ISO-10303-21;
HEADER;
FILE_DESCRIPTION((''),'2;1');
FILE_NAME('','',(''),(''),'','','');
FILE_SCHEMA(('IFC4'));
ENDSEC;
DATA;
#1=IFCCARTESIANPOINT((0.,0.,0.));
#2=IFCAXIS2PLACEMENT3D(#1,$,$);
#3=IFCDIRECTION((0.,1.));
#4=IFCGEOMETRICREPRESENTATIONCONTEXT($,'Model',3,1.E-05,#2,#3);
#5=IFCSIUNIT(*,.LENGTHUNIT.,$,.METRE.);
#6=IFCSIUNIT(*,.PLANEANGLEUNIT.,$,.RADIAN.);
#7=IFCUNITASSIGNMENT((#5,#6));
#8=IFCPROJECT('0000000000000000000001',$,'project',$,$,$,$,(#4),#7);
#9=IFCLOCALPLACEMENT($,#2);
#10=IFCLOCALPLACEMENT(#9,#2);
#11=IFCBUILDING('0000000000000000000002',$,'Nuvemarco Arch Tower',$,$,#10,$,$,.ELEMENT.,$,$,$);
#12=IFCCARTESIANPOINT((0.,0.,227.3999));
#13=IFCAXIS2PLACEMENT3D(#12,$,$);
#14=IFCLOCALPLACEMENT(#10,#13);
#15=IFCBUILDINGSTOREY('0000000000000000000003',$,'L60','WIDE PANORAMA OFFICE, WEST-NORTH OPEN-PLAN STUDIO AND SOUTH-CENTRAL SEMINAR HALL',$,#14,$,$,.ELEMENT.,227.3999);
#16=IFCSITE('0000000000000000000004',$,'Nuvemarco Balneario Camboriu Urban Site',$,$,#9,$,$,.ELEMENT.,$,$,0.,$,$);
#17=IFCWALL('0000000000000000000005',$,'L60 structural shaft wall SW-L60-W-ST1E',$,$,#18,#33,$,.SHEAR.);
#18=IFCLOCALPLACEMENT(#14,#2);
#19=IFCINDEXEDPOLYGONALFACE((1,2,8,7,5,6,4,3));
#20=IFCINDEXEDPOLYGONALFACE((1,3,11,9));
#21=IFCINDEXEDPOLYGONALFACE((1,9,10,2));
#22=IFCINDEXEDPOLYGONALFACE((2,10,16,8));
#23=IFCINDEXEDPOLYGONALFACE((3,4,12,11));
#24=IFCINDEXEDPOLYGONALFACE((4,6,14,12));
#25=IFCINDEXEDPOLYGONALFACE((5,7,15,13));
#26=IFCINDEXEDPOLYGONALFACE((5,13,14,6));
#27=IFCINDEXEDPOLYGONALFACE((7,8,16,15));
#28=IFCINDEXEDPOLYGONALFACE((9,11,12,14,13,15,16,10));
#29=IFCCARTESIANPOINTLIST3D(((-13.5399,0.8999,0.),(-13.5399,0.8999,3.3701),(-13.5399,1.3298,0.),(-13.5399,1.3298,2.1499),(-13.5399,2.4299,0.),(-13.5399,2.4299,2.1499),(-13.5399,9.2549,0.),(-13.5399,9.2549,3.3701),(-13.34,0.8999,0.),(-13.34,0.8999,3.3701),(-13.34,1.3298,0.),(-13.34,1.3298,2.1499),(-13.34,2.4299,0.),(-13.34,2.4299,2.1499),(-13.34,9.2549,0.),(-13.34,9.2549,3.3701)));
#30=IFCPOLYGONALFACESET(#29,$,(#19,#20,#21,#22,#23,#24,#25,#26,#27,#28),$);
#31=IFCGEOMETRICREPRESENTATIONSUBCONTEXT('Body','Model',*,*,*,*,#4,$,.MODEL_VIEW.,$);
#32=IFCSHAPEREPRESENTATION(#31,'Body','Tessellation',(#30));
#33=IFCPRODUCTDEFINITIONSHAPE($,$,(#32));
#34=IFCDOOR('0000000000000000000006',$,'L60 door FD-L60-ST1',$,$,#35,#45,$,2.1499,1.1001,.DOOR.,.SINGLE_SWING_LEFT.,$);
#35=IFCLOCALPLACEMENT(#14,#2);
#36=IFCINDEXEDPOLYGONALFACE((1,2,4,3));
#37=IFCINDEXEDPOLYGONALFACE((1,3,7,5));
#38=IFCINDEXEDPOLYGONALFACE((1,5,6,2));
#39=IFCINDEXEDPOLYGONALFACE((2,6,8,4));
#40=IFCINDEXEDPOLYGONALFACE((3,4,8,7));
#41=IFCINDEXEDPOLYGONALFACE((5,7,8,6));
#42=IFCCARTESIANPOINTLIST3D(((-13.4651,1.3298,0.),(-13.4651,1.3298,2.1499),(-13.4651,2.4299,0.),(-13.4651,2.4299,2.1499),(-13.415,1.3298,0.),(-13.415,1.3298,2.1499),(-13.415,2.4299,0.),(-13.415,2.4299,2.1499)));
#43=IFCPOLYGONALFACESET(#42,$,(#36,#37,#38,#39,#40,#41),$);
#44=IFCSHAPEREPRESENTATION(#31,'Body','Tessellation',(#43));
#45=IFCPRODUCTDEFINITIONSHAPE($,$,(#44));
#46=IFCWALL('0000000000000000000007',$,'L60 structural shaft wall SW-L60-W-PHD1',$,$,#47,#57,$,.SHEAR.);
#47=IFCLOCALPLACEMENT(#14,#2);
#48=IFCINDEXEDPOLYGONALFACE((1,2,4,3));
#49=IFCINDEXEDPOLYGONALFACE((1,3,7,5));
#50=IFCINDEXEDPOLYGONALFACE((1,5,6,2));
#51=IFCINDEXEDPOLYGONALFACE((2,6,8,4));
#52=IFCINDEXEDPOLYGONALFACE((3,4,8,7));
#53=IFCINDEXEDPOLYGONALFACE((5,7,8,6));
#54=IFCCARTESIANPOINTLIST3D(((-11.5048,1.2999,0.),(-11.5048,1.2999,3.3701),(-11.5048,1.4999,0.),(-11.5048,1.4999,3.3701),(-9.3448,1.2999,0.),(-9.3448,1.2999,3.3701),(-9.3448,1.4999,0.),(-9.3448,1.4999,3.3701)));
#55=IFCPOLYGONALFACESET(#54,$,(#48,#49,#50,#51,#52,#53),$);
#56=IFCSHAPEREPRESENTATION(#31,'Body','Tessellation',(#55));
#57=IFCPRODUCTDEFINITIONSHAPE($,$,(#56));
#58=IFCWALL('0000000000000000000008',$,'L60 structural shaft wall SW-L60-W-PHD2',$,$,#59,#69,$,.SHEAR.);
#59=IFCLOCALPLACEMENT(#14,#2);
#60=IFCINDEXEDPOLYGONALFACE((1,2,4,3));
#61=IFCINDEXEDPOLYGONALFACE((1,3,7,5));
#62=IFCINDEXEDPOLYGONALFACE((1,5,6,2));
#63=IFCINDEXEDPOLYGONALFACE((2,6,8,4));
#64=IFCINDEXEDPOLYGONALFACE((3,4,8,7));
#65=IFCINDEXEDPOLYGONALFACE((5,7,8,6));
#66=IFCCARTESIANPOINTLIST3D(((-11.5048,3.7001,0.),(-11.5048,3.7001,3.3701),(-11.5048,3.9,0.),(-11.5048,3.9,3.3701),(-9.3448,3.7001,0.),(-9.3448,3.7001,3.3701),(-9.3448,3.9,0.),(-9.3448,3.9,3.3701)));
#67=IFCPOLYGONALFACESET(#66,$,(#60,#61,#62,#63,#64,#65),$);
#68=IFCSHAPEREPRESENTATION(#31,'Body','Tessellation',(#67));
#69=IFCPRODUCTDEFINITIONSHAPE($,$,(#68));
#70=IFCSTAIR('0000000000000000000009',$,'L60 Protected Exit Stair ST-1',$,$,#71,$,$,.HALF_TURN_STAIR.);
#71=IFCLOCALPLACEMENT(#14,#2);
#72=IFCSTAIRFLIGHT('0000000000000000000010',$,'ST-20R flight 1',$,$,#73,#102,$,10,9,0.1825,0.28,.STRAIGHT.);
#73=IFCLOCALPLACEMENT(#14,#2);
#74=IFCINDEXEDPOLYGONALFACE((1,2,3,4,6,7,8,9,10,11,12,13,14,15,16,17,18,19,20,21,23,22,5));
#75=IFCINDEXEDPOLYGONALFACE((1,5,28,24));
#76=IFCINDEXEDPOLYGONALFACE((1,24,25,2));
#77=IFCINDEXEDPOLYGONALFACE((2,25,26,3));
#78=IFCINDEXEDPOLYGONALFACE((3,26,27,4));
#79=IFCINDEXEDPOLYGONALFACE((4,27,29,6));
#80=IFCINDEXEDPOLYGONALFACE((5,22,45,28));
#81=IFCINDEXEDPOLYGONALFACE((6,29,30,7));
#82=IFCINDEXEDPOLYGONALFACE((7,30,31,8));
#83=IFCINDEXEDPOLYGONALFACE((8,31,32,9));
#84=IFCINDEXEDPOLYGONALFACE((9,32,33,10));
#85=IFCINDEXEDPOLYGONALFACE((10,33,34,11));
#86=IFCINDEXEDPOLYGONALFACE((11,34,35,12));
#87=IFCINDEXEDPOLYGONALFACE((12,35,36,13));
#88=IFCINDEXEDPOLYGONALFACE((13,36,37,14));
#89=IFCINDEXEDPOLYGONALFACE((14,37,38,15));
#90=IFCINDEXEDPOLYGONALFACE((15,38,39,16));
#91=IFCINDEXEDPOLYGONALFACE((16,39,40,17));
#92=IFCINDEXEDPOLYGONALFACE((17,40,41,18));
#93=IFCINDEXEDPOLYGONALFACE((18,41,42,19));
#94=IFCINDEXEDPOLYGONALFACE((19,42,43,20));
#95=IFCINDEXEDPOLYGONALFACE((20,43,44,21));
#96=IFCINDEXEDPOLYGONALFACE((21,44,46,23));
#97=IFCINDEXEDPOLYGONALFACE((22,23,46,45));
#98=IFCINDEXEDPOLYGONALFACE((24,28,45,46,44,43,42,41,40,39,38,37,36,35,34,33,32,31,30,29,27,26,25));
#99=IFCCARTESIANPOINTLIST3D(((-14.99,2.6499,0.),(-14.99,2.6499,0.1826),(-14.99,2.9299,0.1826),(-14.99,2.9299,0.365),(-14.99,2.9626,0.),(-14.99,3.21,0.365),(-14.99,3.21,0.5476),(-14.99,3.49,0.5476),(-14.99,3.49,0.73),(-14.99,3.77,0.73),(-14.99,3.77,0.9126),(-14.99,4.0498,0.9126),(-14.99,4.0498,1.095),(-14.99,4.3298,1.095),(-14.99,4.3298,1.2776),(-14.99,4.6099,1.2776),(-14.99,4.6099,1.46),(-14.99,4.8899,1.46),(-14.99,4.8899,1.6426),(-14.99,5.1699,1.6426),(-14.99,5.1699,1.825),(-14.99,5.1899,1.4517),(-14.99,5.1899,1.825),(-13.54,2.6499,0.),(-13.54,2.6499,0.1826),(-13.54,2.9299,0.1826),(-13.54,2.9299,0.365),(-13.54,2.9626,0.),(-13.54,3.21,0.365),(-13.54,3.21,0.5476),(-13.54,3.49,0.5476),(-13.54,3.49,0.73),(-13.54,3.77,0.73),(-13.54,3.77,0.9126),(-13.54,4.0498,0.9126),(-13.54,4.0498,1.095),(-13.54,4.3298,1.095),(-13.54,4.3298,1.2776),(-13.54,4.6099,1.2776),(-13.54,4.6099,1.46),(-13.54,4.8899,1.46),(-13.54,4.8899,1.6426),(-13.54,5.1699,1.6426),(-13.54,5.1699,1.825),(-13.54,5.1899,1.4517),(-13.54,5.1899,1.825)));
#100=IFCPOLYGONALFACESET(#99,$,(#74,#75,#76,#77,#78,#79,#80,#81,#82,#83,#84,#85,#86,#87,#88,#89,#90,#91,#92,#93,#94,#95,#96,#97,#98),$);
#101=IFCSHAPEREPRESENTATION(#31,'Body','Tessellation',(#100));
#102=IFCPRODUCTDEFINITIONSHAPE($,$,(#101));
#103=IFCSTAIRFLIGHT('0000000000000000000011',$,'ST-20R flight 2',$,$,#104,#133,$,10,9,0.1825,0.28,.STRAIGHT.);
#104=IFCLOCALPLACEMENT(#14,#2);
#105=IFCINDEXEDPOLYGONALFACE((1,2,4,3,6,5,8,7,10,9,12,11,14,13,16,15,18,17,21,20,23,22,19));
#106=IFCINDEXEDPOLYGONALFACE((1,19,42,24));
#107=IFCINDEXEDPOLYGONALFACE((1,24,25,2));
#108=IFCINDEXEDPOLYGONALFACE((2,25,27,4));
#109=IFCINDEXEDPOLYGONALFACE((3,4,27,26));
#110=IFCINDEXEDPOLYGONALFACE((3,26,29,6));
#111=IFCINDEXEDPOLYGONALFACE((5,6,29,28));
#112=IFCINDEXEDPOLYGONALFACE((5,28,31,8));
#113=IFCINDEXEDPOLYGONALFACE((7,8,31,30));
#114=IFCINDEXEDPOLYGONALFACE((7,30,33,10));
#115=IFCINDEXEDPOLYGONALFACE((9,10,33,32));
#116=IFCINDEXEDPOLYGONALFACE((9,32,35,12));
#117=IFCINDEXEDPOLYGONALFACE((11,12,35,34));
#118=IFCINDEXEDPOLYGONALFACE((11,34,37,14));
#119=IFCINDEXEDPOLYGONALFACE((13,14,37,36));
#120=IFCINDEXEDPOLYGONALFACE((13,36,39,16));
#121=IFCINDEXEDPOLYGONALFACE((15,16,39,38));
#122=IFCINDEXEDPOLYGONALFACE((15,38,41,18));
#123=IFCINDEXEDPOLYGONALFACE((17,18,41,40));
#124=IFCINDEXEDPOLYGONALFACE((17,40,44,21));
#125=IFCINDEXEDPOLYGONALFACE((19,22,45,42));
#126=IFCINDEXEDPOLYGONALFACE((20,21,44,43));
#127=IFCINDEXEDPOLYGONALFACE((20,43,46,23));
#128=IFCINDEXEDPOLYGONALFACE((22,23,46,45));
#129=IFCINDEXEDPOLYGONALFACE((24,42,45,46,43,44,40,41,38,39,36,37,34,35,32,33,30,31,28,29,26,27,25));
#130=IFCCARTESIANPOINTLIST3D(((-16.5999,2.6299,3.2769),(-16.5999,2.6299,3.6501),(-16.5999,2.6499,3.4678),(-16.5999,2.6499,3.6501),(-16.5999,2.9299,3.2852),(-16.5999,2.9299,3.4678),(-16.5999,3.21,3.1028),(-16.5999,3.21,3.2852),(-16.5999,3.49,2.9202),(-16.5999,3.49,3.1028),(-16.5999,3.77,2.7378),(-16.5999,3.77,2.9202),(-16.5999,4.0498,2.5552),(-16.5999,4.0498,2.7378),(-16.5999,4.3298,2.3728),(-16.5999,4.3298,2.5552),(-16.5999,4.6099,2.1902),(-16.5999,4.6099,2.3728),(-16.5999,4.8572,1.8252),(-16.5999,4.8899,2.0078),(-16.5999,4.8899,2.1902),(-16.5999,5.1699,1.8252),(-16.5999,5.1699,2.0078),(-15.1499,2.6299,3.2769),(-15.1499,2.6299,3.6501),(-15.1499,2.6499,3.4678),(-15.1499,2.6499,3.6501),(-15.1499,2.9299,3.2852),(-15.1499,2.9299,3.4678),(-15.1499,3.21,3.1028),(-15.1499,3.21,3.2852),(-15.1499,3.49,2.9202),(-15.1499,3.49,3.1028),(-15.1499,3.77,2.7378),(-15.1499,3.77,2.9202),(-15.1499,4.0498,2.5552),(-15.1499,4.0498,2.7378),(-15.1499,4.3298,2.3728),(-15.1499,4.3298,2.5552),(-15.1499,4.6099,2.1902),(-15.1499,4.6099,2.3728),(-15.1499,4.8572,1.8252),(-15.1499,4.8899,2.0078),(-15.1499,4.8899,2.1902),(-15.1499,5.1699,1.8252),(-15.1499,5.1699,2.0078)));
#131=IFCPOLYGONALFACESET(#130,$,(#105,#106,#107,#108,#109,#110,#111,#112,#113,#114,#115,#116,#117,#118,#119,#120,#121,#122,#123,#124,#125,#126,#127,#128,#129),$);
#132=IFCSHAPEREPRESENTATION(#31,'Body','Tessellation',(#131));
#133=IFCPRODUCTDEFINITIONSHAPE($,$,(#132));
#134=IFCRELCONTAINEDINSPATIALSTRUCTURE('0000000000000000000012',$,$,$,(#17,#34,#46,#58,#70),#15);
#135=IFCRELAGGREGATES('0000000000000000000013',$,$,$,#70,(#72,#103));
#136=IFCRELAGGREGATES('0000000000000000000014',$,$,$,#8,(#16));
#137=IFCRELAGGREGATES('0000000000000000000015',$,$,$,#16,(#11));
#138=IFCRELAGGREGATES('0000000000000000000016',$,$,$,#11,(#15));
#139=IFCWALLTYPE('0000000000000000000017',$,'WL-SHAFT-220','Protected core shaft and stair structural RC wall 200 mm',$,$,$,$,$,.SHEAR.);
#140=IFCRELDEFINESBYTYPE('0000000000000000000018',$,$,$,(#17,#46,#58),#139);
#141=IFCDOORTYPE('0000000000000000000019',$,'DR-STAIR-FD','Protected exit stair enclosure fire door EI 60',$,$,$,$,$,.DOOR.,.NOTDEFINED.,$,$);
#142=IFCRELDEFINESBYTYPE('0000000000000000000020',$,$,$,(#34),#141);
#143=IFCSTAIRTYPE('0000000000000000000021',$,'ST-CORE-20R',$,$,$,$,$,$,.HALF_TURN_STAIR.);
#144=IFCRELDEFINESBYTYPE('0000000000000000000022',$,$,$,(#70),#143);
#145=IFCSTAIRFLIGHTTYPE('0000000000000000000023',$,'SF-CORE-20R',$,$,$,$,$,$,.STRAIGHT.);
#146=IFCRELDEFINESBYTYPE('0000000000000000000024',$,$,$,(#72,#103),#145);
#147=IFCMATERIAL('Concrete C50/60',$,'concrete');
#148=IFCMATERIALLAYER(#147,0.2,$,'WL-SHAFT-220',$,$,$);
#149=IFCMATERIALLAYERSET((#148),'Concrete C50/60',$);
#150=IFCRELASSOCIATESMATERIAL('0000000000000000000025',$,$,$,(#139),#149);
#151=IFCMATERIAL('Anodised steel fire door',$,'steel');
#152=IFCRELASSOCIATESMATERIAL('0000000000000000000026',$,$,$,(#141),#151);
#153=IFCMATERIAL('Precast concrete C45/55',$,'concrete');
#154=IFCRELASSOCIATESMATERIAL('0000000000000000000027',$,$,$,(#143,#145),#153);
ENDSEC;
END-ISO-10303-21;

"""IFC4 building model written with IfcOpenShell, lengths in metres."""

from ifc_helpers import new_model, si_unit, direction, frame, frame_2d, origin, place, context, subcontext, project, spatial, polyline, rectangle, outline, extrude, source, transform, mapped, material, layer, layer_set, type_object, type_shapes, element, fill, aggregate, save


model = new_model("IFC4")

# Units and contexts
model_context = context("Model", 3, precision=1e-05, world=origin(), true_north=direction((0.0, 1.0)))
body_context = subcontext(model_context, "Body", "Model", "MODEL_VIEW")
ifc_project = project(units=[si_unit("LENGTHUNIT", "METRE"), si_unit("PLANEANGLEUNIT", "RADIAN")], contexts=[model_context])

# Site, building, storey
site_placement = place(None, origin())
site = spatial("IfcSite", under=ifc_project, at=site_placement, Name="Nuvemarco Balneario Camboriu Urban Site", CompositionType="ELEMENT", RefElevation=0.0)
building_placement = place(site_placement, origin())
building = spatial("IfcBuilding", under=site, at=building_placement, Name="Nuvemarco Arch Tower", CompositionType="ELEMENT")
storey_placement = place(building_placement, frame((0.0, 0.0, 227.3999)))
storey = spatial("IfcBuildingStorey", under=building, at=storey_placement, Name="L60", Description="WIDE PANORAMA OFFICE, WEST-NORTH OPEN-PLAN STUDIO AND SOUTH-CENTRAL SEMINAR HALL", CompositionType="ELEMENT", Elevation=227.3999)

# Shared definitions
ifc_material_1 = material(Name="Concrete C50/60", Category="concrete")

# Wall, opening, door
ifc_layer_1 = layer(ifc_material_1, 0.2, Name="WL-SHAFT-220")
ifc_layer_set_1 = layer_set([ifc_layer_1], Name="Concrete C50/60")
wall_type_1 = type_object("IfcWallType", Name="WL-SHAFT-220", Description="Protected core shaft and stair structural RC wall 200 mm", PredefinedType="SHEAR", material=ifc_layer_set_1)
wall_1_placement = place(storey_placement, frame((-13.4399, 0.8999, 0.0), z_axis=(0.0, 0.0, 1.0), x_axis=(0.0, 1.0, 0.0)))
wall_1 = element("IfcWall", 1, at=wall_1_placement, inside=storey, type_object=wall_type_1, Name="L60 structural shaft wall SW-L60-W-ST1E", PredefinedType="SHEAR", context=body_context, shape_type="SweptSolid", body=[
    extrude(rectangle(XDim=8.355, YDim=0.2, at=frame_2d((4.1775, 0.0))), origin(), (0.0, 0.0, 1.0), 3.3701),
])
opening_1_placement = place(wall_1_placement, frame((1.53, 0.0, 0.0), z_axis=(0.0, 0.0, 1.0), x_axis=(-1.0, 0.0, 0.0)))
opening_1 = element("IfcOpeningElement", 2, at=opening_1_placement, cuts=wall_1, PredefinedType="OPENING", context=body_context, shape_type="SweptSolid", body=[
    extrude(rectangle(XDim=1.1001, YDim=2.1499, at=frame_2d((0.55, 1.075))), frame((0.0, 0.1099, 0.0), z_axis=(0.0, -1.0, 0.0), x_axis=(1.0, 0.0, 0.0)), (0.0, 0.0, 1.0), 0.22),
])
ifc_material_2 = material(Name="Anodised steel fire door", Category="steel")
door_type_1 = type_object("IfcDoorType", Name="DR-STAIR-FD", Description="Protected exit stair enclosure fire door EI 60", OperationType="NOTDEFINED", PredefinedType="DOOR", material=ifc_material_2)
shared_shape_1 = source(origin(), body_context, "Body", "SweptSolid", [
    extrude(rectangle(XDim=1.1001, YDim=2.1499, at=frame_2d((0.55, 1.075))), frame((0.0, 0.0249, 0.0), z_axis=(0.0, -1.0, 0.0), x_axis=(1.0, 0.0, 0.0)), (0.0, 0.0, 1.0), 0.05),
])
type_shapes(door_type_1, [shared_shape_1])
door_1_placement = place(opening_1_placement, origin())
door_1 = element("IfcDoor", 3, at=door_1_placement, inside=storey, type_object=door_type_1, Name="L60 door FD-L60-ST1", OperationType="SINGLE_SWING_LEFT", OverallHeight=2.1499, OverallWidth=1.1001, PredefinedType="DOOR", context=body_context, shape_type="MappedRepresentation", body=[
    mapped(shared_shape_1, transform((0.0, 0.0, 0.0), scale=1.0)),
])
fill(opening_1, door_1)

# Walls
for number, where, z_axis, x_axis, name in (
    (4, (-11.5049, 1.3999, 0.0), (0.0, 0.0, 1.0), (1.0, 0.0, 0.0), "L60 structural shaft wall SW-L60-W-PHD1"),
    (5, (-11.5049, 3.8, 0.0), (0.0, 0.0, 1.0), (1.0, 0.0, 0.0), "L60 structural shaft wall SW-L60-W-PHD2"),
):
    element("IfcWall", number, at=place(storey_placement, frame(where, z_axis=z_axis, x_axis=x_axis)), inside=storey, type_object=wall_type_1, Name=name, PredefinedType="SHEAR", context=body_context, shape_type="SweptSolid", body=[
        extrude(rectangle(XDim=2.1599, YDim=0.2, at=frame_2d((1.0801, 0.0))), origin(), (0.0, 0.0, 1.0), 3.3701),
    ])

# Stair, stair flights
ifc_material_3 = material(Name="Precast concrete C45/55", Category="concrete")
stair_type = type_object("IfcStairType", Name="ST-CORE-20R", PredefinedType="HALF_TURN_STAIR", material=ifc_material_3)
stair_placement = place(storey_placement, origin())
stair = element("IfcStair", 6, at=stair_placement, inside=storey, type_object=stair_type, Name="L60 Protected Exit Stair ST-1", PredefinedType="HALF_TURN_STAIR")
stair_flight_type = type_object("IfcStairFlightType", Name="SF-CORE-20R", PredefinedType="STRAIGHT", material=ifc_material_3)
stair_flight_1_placement = place(storey_placement, frame((-14.2649, 2.6499, 0.0), z_axis=(0.0, 0.0, 1.0), x_axis=(0.0, 1.0, 0.0)))
stair_flight_1 = element("IfcStairFlight", 7, at=stair_flight_1_placement, type_object=stair_flight_type, Name="ST-20R flight 1", NumberOfRisers=10, NumberOfTreads=9, PredefinedType="STRAIGHT", RiserHeight=0.1825, TreadLength=0.28, context=body_context, shape_type="SweptSolid", body=[
    extrude(outline(polyline([(0.0, 0.0), (0.0, 0.1826), (0.28, 0.1826), (0.28, 0.365), (0.5601, 0.365), (0.5601, 0.5476), (0.8401, 0.5476), (0.8401, 0.73), (1.1201, 0.73), (1.1201, 0.9126), (1.3999, 0.9126), (1.3999, 1.095), (1.6799, 1.095), (1.6799, 1.2776), (1.96, 1.2776), (1.96, 1.46), (2.24, 1.46), (2.24, 1.6426), (2.52, 1.6426), (2.52, 1.825), (2.54, 1.825), (2.54, 1.4517), (0.3127, 0.0), (0.0, 0.0)])), frame((0.0, 0.7251, 0.0), z_axis=(0.0, -1.0, 0.0), x_axis=(1.0, 0.0, 0.0)), (0.0, 0.0, 1.0), 1.45),
])
stair_flight_2_placement = place(storey_placement, frame((-15.875, 5.1699, 1.8252), z_axis=(0.0, 0.0, 1.0), x_axis=(0.0, -1.0, 0.0)))
stair_flight_2 = element("IfcStairFlight", 8, at=stair_flight_2_placement, type_object=stair_flight_type, Name="ST-20R flight 2", NumberOfRisers=10, NumberOfTreads=9, PredefinedType="STRAIGHT", RiserHeight=0.1825, TreadLength=0.28, context=body_context, shape_type="SweptSolid", body=[
    extrude(outline(polyline([(0.0, 0.0), (0.0, 0.1826), (0.28, 0.1826), (0.28, 0.365), (0.5601, 0.365), (0.5601, 0.5476), (0.8401, 0.5476), (0.8401, 0.73), (1.1201, 0.73), (1.1201, 0.9126), (1.3999, 0.9126), (1.3999, 1.095), (1.6799, 1.095), (1.6799, 1.2776), (1.96, 1.2776), (1.96, 1.46), (2.24, 1.46), (2.24, 1.6426), (2.52, 1.6426), (2.52, 1.825), (2.54, 1.825), (2.54, 1.4517), (0.3127, 0.0), (0.0, 0.0)])), frame((0.0, 0.7251, 0.0), z_axis=(0.0, -1.0, 0.0), x_axis=(1.0, 0.0, 0.0)), (0.0, 0.0, 1.0), 1.45),
])
aggregate(stair, [stair_flight_1, stair_flight_2])

save(model, "model.ifc")
